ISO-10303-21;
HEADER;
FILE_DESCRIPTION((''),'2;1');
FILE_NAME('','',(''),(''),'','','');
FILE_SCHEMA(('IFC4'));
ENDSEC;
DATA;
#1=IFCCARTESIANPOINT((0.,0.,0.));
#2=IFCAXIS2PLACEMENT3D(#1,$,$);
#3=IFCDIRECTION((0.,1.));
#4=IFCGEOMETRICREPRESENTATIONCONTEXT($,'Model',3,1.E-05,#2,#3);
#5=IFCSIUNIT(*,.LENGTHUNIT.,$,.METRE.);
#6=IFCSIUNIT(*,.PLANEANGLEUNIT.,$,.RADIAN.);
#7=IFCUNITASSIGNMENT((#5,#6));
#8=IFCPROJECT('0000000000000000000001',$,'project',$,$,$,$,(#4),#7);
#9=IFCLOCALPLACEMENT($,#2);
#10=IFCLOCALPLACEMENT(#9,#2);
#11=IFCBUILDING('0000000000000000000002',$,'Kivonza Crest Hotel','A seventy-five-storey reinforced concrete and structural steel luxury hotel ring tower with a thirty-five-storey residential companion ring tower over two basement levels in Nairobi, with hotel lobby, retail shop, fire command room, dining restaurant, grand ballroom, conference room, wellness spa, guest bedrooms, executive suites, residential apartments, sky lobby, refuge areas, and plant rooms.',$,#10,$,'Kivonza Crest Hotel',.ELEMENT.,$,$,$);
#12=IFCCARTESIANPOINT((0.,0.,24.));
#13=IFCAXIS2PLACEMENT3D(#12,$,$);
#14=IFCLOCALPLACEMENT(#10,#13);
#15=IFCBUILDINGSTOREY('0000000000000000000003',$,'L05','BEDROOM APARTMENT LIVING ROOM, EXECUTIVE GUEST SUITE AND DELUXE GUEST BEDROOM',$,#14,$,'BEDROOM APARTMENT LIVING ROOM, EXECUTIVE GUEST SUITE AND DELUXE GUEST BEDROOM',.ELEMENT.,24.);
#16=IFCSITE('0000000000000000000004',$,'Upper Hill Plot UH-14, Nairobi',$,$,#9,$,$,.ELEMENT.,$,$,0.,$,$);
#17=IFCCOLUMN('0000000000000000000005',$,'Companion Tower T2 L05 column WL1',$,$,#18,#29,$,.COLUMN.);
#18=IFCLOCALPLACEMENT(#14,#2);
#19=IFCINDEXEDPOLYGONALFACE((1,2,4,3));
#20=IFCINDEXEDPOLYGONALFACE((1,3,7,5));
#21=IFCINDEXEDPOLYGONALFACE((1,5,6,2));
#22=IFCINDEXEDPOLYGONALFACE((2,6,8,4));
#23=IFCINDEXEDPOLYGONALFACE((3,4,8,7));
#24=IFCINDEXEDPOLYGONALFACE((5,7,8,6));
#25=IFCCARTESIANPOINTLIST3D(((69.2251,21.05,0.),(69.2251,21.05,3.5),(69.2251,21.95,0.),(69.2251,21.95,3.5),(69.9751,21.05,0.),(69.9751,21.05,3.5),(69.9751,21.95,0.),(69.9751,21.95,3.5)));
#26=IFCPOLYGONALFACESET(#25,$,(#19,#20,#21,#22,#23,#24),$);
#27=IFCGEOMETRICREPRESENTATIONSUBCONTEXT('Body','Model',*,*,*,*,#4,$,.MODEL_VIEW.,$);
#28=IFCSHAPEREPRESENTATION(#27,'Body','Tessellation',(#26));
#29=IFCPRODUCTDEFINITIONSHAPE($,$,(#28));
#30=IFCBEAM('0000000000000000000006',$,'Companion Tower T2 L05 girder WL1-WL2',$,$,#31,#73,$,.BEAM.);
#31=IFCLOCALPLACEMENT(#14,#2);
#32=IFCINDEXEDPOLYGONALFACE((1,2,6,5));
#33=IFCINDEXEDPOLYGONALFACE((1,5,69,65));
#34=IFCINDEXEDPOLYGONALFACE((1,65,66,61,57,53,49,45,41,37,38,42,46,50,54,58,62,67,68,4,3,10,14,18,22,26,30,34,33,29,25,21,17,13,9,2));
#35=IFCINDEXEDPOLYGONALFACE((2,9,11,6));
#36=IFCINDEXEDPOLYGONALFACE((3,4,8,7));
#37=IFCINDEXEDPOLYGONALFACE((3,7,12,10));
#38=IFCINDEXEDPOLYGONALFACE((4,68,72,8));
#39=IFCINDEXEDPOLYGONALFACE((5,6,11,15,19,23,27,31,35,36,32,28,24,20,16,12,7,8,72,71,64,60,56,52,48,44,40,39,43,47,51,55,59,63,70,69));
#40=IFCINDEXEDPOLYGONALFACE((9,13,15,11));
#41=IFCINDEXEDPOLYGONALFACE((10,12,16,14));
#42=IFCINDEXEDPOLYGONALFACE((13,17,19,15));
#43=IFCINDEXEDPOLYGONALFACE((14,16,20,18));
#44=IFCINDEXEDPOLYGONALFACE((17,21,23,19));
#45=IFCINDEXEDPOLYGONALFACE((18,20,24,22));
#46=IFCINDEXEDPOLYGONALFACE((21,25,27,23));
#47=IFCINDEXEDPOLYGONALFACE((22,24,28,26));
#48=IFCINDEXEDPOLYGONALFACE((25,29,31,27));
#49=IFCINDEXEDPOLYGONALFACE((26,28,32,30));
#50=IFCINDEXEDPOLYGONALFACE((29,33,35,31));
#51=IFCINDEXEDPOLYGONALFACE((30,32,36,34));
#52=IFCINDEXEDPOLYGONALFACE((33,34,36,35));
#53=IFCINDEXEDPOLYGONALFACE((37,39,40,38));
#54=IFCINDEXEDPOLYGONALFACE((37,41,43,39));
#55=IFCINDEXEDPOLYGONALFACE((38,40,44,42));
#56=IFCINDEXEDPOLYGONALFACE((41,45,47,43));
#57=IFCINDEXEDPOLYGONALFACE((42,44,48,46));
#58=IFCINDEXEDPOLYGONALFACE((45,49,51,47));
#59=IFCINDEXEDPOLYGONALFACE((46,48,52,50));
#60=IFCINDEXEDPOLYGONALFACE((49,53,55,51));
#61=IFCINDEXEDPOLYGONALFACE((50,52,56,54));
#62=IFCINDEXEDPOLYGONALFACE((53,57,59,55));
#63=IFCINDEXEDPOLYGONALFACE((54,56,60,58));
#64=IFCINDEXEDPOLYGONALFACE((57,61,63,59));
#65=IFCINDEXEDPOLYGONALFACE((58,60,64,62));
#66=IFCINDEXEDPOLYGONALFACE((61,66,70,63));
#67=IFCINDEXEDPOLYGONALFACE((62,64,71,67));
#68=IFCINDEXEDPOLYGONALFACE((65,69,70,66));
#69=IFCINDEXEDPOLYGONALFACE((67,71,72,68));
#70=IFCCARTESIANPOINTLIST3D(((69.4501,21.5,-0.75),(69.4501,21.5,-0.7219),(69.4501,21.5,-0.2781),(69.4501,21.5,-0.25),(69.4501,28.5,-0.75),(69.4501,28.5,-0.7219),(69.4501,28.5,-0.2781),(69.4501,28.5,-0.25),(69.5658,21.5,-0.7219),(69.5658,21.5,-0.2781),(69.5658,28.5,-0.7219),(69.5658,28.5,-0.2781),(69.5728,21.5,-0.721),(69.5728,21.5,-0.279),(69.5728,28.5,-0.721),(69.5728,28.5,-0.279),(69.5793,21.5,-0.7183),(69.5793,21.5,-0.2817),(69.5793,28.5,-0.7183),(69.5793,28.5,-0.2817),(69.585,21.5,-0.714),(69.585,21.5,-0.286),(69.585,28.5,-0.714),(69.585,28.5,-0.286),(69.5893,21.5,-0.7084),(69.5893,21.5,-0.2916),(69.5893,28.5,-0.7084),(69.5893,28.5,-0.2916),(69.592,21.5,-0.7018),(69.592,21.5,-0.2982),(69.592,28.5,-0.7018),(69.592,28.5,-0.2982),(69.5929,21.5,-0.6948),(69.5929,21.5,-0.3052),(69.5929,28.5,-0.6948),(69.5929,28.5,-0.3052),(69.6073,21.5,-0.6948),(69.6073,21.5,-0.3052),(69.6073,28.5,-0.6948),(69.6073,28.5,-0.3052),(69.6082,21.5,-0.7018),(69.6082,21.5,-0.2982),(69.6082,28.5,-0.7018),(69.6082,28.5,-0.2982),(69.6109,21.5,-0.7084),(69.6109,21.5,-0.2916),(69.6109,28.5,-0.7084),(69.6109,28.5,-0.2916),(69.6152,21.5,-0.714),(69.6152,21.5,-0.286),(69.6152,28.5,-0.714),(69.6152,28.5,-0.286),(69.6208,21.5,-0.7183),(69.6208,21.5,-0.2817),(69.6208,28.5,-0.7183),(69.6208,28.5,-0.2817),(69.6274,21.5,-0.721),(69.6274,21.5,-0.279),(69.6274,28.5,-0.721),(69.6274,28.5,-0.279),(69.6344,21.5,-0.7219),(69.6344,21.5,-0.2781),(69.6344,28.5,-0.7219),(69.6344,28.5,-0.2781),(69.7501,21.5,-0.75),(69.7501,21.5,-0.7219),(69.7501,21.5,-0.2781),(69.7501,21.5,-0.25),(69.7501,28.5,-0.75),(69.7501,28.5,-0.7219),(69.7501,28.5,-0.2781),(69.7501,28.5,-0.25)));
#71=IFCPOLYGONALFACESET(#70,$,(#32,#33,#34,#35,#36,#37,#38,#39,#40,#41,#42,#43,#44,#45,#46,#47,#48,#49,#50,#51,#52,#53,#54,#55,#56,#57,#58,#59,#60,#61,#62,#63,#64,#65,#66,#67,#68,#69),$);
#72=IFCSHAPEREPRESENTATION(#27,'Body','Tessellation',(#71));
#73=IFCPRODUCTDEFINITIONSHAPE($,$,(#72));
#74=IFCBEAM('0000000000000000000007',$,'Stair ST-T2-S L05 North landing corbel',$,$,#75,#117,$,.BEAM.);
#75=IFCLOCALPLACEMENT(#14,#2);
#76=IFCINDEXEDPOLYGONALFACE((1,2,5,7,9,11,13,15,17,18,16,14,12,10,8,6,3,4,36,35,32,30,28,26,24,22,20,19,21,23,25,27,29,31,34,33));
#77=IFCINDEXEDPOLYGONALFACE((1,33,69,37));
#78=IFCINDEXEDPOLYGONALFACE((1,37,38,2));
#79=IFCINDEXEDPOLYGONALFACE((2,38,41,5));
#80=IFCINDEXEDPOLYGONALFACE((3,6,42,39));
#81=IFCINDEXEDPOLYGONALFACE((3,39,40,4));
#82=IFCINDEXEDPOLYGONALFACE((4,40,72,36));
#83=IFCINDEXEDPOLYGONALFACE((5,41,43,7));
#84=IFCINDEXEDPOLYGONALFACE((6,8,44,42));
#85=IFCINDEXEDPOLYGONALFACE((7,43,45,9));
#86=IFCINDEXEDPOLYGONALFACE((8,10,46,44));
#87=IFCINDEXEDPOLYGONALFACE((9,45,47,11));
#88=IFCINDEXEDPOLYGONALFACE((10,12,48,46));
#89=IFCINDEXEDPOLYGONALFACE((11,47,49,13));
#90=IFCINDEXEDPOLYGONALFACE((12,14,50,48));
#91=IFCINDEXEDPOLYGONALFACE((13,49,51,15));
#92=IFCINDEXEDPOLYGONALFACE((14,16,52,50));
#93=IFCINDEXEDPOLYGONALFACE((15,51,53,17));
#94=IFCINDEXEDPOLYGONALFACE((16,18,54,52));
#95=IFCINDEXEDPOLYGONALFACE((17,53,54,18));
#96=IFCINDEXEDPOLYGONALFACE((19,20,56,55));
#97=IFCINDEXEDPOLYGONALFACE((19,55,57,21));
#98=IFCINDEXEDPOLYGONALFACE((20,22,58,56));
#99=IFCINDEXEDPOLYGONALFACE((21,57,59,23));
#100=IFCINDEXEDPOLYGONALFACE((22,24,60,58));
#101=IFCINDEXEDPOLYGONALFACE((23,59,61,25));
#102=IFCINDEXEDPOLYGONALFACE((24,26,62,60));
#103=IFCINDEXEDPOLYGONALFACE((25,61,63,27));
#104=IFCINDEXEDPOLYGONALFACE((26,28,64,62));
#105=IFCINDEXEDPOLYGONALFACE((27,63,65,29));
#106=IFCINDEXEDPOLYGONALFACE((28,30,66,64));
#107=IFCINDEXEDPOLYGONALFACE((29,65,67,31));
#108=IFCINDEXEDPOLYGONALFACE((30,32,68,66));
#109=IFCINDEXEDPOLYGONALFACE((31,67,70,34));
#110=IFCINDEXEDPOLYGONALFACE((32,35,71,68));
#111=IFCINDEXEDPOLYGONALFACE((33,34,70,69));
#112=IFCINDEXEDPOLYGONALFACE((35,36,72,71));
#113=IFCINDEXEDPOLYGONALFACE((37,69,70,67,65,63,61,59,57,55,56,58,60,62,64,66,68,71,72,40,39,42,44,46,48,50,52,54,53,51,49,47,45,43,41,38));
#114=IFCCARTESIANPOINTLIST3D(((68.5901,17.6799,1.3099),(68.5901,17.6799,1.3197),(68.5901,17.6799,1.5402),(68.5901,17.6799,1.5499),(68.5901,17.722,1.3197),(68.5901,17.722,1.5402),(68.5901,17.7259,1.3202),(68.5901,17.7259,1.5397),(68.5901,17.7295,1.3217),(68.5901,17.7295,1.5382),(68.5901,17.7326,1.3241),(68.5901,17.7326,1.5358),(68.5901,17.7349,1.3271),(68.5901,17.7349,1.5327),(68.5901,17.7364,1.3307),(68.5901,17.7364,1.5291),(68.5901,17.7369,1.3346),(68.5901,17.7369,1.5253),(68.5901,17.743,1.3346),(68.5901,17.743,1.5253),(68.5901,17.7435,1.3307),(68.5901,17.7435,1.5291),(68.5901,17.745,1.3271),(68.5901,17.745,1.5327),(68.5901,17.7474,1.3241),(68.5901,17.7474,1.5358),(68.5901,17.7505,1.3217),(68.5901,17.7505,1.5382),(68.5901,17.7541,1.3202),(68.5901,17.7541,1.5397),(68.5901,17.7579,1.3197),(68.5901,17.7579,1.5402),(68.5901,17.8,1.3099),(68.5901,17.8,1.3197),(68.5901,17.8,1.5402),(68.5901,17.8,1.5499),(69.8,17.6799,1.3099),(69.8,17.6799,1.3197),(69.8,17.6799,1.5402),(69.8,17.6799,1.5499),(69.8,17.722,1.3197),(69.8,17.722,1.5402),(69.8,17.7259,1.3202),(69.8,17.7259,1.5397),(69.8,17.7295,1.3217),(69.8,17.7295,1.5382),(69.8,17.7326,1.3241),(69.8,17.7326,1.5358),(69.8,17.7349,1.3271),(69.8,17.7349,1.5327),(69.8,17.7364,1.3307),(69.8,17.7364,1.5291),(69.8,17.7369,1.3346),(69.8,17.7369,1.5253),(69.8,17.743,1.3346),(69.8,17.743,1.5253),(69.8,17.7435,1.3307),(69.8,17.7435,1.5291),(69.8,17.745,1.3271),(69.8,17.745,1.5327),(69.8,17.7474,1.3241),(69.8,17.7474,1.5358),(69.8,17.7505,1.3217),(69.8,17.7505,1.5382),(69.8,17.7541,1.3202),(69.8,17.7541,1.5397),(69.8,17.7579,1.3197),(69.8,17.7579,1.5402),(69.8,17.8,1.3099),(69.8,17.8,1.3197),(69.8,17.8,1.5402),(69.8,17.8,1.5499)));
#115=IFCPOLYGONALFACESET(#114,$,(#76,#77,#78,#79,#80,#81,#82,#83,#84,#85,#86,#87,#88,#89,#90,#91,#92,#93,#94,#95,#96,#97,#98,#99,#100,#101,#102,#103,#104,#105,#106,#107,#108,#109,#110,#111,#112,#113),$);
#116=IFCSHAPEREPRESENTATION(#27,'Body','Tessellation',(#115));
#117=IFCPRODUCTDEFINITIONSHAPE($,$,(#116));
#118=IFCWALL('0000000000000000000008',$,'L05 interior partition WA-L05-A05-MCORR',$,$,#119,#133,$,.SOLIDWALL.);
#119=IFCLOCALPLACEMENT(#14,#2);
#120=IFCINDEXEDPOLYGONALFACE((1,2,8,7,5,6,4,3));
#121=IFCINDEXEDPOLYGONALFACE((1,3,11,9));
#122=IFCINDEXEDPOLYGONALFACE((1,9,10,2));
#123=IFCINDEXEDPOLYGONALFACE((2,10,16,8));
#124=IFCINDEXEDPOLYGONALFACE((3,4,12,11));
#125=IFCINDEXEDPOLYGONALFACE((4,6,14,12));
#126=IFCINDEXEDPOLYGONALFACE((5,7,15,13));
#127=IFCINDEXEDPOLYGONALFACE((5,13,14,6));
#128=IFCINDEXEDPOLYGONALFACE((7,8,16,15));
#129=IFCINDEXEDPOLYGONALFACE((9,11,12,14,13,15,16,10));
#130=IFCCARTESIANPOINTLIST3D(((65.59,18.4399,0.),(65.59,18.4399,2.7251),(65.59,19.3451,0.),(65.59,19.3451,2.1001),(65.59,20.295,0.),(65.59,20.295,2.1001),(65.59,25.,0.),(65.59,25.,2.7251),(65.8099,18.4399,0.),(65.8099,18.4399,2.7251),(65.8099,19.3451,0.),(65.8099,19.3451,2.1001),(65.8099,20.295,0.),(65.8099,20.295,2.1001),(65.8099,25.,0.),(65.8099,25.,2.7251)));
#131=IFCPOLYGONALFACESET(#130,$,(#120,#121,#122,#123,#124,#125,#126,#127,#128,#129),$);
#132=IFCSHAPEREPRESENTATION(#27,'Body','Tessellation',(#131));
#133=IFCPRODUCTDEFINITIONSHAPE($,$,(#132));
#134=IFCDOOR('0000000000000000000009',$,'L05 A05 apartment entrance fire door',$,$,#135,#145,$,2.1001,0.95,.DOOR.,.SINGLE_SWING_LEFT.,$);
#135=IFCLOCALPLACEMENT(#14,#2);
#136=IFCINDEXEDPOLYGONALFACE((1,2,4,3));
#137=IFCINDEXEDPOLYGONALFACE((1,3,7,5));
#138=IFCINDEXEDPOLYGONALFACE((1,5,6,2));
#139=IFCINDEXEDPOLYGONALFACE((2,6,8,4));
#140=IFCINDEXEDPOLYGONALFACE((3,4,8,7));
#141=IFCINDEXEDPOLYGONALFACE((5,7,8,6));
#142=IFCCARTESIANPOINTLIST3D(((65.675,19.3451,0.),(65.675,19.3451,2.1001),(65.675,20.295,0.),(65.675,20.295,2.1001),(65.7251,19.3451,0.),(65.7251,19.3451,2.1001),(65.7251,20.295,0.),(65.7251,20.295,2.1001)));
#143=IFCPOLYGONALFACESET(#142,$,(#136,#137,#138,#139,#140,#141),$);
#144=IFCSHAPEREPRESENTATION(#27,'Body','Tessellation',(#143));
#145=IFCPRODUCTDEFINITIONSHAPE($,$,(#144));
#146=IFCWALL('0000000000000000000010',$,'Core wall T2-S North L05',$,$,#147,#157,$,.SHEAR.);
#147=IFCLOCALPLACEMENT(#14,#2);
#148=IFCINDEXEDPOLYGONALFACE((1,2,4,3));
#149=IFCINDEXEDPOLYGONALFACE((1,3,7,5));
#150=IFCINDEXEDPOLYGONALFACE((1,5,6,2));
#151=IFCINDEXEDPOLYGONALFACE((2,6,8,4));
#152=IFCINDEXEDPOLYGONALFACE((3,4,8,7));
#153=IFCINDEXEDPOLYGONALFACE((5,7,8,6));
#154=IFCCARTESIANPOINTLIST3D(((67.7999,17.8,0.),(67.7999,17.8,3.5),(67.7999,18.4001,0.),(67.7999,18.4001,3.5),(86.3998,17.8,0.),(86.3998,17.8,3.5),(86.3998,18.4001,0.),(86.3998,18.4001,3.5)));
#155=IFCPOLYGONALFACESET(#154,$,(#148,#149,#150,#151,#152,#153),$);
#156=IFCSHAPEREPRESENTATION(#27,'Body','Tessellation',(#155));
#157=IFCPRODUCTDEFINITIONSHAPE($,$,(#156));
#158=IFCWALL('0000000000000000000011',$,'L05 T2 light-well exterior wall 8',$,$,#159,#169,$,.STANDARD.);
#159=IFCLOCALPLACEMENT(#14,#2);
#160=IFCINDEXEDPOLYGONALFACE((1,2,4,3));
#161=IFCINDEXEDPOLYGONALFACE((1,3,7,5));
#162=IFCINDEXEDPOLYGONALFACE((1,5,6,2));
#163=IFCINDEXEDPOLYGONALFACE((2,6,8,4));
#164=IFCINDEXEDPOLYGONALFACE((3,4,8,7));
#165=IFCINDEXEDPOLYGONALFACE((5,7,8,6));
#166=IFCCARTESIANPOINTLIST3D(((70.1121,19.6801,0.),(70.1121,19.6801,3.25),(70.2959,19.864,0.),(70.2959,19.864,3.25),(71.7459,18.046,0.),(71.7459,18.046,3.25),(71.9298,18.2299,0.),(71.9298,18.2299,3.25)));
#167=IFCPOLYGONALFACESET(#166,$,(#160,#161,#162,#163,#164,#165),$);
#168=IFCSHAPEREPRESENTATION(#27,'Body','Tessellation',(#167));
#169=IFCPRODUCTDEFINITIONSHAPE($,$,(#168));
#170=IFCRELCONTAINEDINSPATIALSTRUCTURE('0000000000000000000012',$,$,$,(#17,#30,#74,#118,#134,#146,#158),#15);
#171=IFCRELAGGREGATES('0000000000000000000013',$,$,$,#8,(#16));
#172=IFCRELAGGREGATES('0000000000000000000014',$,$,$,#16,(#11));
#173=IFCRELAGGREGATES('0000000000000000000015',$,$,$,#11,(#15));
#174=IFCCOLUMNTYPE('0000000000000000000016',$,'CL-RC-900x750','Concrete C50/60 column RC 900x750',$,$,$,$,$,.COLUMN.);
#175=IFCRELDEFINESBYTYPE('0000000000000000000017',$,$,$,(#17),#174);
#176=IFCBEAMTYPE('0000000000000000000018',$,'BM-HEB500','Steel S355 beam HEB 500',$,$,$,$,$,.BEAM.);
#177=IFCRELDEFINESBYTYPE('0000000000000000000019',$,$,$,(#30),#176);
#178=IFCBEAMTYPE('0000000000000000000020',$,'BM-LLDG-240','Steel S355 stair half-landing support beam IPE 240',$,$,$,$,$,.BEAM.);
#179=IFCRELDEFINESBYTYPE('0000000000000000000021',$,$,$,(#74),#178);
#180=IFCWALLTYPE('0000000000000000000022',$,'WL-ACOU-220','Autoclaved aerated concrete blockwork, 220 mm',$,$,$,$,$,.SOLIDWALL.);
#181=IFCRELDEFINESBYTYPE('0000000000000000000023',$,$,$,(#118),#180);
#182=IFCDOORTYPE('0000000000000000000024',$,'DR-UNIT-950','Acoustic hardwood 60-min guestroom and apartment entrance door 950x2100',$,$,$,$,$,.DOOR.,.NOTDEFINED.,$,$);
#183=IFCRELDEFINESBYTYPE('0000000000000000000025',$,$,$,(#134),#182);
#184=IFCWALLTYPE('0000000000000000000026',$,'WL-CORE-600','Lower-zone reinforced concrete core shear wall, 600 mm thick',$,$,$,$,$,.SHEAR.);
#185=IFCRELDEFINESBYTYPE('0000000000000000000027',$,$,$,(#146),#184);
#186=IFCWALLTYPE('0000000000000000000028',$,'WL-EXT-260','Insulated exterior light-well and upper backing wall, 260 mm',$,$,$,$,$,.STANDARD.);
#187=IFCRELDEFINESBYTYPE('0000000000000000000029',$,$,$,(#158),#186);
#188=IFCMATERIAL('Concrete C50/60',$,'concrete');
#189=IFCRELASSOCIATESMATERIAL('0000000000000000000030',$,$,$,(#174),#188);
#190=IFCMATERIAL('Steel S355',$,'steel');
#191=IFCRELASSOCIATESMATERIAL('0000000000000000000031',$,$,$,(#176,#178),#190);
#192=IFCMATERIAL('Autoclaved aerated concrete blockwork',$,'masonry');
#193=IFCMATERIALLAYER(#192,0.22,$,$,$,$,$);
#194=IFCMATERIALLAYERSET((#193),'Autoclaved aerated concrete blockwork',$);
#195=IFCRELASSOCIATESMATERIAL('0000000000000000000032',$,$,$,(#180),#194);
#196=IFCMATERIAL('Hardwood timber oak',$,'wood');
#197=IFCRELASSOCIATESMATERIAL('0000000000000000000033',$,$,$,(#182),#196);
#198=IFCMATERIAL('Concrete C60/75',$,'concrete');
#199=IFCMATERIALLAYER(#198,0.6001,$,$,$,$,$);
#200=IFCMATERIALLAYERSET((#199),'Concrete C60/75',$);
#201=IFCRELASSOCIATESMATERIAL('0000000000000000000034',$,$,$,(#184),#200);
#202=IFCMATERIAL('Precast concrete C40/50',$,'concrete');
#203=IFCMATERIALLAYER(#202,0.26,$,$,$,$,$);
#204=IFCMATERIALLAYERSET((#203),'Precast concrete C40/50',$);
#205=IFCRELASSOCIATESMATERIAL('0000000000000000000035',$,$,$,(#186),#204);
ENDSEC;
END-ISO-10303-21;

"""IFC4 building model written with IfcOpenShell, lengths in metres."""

from ifc_helpers import new_model, si_unit, direction, frame, frame_2d, origin, origin_2d, place, context, subcontext, project, spatial, rectangle, i_section, extrude, material, layer, layer_set, material_profile, profile_set, type_object, element, fill, save


model = new_model("IFC4")

# Units and contexts
model_context = context("Model", 3, precision=1e-05, world=origin(), true_north=direction((0.0, 1.0)))
body_context = subcontext(model_context, "Body", "Model", "MODEL_VIEW")
ifc_project = project(units=[si_unit("LENGTHUNIT", "METRE"), si_unit("PLANEANGLEUNIT", "RADIAN")], contexts=[model_context])

# Site, building, storey
site_placement = place(None, origin())
site = spatial("IfcSite", under=ifc_project, at=site_placement, Name="Upper Hill Plot UH-14, Nairobi", CompositionType="ELEMENT", RefElevation=0.0)
building_placement = place(site_placement, origin())
building = spatial("IfcBuilding", under=site, at=building_placement, Name="Kivonza Crest Hotel", Description="A seventy-five-storey reinforced concrete and structural steel luxury hotel ring tower with a thirty-five-storey residential companion ring tower over two basement levels in Nairobi, with hotel lobby, retail shop, fire command room, dining restaurant, grand ballroom, conference room, wellness spa, guest bedrooms, executive suites, residential apartments, sky lobby, refuge areas, and plant rooms.", LongName="Kivonza Crest Hotel", CompositionType="ELEMENT")
storey_placement = place(building_placement, frame((0.0, 0.0, 24.0)))
storey = spatial("IfcBuildingStorey", under=building, at=storey_placement, Name="L05", Description="BEDROOM APARTMENT LIVING ROOM, EXECUTIVE GUEST SUITE AND DELUXE GUEST BEDROOM", LongName="BEDROOM APARTMENT LIVING ROOM, EXECUTIVE GUEST SUITE AND DELUXE GUEST BEDROOM", CompositionType="ELEMENT", Elevation=24.0)

# Column
ifc_material_1 = material(Name="Concrete C50/60", Category="concrete")
ifc_material_profile_1 = material_profile(ifc_material_1, rectangle(XDim=0.75, YDim=0.8999, at=origin_2d()), Name="RC 900x750")
ifc_profile_set_1 = profile_set([ifc_material_profile_1], Name="Concrete C50/60")
column_type = type_object("IfcColumnType", Name="CL-RC-900x750", Description="Concrete C50/60 column RC 900x750", PredefinedType="COLUMN", material=ifc_profile_set_1)
column_placement = place(storey_placement, frame((69.6001, 21.5, 0.0), z_axis=(0.0, 0.0, 1.0), x_axis=(1.0, 0.0, 0.0)))
element("IfcColumn", 1, at=column_placement, inside=storey, type_object=column_type, Name="Companion Tower T2 L05 column WL1", PredefinedType="COLUMN", context=body_context, shape_type="SweptSolid", body=[
    extrude(rectangle(XDim=0.75, YDim=0.8999, at=origin_2d()), origin(), (0.0, 0.0, 1.0), 3.5),
])

# Beams
ifc_material_2 = material(Name="Steel S355", Category="steel")
ifc_material_profile_2 = material_profile(ifc_material_2, i_section(OverallWidth=0.3, OverallDepth=0.5, WebThickness=0.0144, FlangeThickness=0.0281, FilletRadius=0.0271, at=origin_2d()), Name="HEB 500")
ifc_profile_set_2 = profile_set([ifc_material_profile_2], Name="Steel S355")
beam_type_1 = type_object("IfcBeamType", Name="BM-HEB500", Description="Steel S355 beam HEB 500", PredefinedType="BEAM", material=ifc_profile_set_2)
beam_1_placement = place(storey_placement, frame((69.6001, 21.5, -0.5), z_axis=(0.0, 1.0, 0.0), x_axis=(-1.0, 0.0, 0.0)))
element("IfcBeam", 2, at=beam_1_placement, inside=storey, type_object=beam_type_1, Name="Companion Tower T2 L05 girder WL1-WL2", PredefinedType="BEAM", context=body_context, shape_type="SweptSolid", body=[
    extrude(i_section(OverallWidth=0.3, OverallDepth=0.5, WebThickness=0.0144, FlangeThickness=0.0281, FilletRadius=0.0271, at=origin_2d()), origin(), (0.0, 0.0, 1.0), 7.0),
])
ifc_material_profile_3 = material_profile(ifc_material_2, i_section(OverallWidth=0.1201, OverallDepth=0.24, WebThickness=0.0061, FlangeThickness=0.0098, FilletRadius=0.0149, at=origin_2d()), Name="IPE 240")
ifc_profile_set_3 = profile_set([ifc_material_profile_3], Name="Steel S355")
beam_type_2 = type_object("IfcBeamType", Name="BM-LLDG-240", Description="Steel S355 stair half-landing support beam IPE 240", PredefinedType="BEAM", material=ifc_profile_set_3)
beam_2_placement = place(storey_placement, frame((68.5901, 17.74, 1.4299), z_axis=(1.0, 0.0, 0.0), x_axis=(0.0, 1.0, 0.0)))
element("IfcBeam", 3, at=beam_2_placement, inside=storey, type_object=beam_type_2, Name="Stair ST-T2-S L05 North landing corbel", PredefinedType="BEAM", context=body_context, shape_type="SweptSolid", body=[
    extrude(i_section(OverallWidth=0.1201, OverallDepth=0.24, WebThickness=0.0061, FlangeThickness=0.0098, FilletRadius=0.0149, at=origin_2d()), origin(), (0.0, 0.0, 1.0), 1.21),
])

# Wall, opening, door
ifc_material_3 = material(Name="Autoclaved aerated concrete blockwork", Category="masonry")
ifc_layer_1 = layer(ifc_material_3, 0.22)
ifc_layer_set_1 = layer_set([ifc_layer_1], Name="Autoclaved aerated concrete blockwork")
wall_type_1 = type_object("IfcWallType", Name="WL-ACOU-220", Description="Autoclaved aerated concrete blockwork, 220 mm", PredefinedType="SOLIDWALL", material=ifc_layer_set_1)
wall_1_placement = place(storey_placement, frame((65.7, 18.4399, 0.0), z_axis=(0.0, 0.0, 1.0), x_axis=(0.0, 1.0, 0.0)))
wall_1 = element("IfcWall", 4, at=wall_1_placement, inside=storey, type_object=wall_type_1, Name="L05 interior partition WA-L05-A05-MCORR", PredefinedType="SOLIDWALL", context=body_context, shape_type="SweptSolid", body=[
    extrude(rectangle(XDim=6.5601, YDim=0.22, at=frame_2d((3.28, 0.0))), origin(), (0.0, 0.0, 1.0), 2.7251),
])
opening_1_placement = place(wall_1_placement, frame((0.905, 0.0, 0.0)))
opening_1 = element("IfcOpeningElement", 5, at=opening_1_placement, cuts=wall_1, PredefinedType="OPENING", context=body_context, shape_type="SweptSolid", body=[
    extrude(rectangle(XDim=0.95, YDim=2.1001, at=frame_2d((0.4751, 1.05))), frame((0.0, 0.1201, 0.0), z_axis=(0.0, -1.0, 0.0), x_axis=(1.0, 0.0, 0.0)), (0.0, 0.0, 1.0), 0.24),
])
ifc_material_4 = material(Name="Hardwood timber oak", Category="wood")
door_type_1 = type_object("IfcDoorType", Name="DR-UNIT-950", Description="Acoustic hardwood 60-min guestroom and apartment entrance door 950x2100", OperationType="NOTDEFINED", PredefinedType="DOOR", material=ifc_material_4)
door_1_placement = place(opening_1_placement, origin())
door_1 = element("IfcDoor", 6, at=door_1_placement, inside=storey, type_object=door_type_1, Name="L05 A05 apartment entrance fire door", OperationType="SINGLE_SWING_LEFT", OverallHeight=2.1001, OverallWidth=0.95, PredefinedType="DOOR", context=body_context, shape_type="SweptSolid", body=[
    extrude(rectangle(XDim=0.95, YDim=2.1001, at=frame_2d((0.4751, 1.05))), frame((0.0, 0.0249, 0.0), z_axis=(0.0, -1.0, 0.0), x_axis=(1.0, 0.0, 0.0)), (0.0, 0.0, 1.0), 0.05),
])
fill(opening_1, door_1)

# Walls
ifc_material_5 = material(Name="Concrete C60/75", Category="concrete")
ifc_layer_2 = layer(ifc_material_5, 0.6001)
ifc_layer_set_2 = layer_set([ifc_layer_2], Name="Concrete C60/75")
wall_type_2 = type_object("IfcWallType", Name="WL-CORE-600", Description="Lower-zone reinforced concrete core shear wall, 600 mm thick", PredefinedType="SHEAR", material=ifc_layer_set_2)
wall_2_placement = place(storey_placement, frame((67.8, 18.1001, 0.0), z_axis=(0.0, 0.0, 1.0), x_axis=(1.0, 0.0, 0.0)))
element("IfcWall", 7, at=wall_2_placement, inside=storey, type_object=wall_type_2, Name="Core wall T2-S North L05", PredefinedType="SHEAR", context=body_context, shape_type="SweptSolid", body=[
    extrude(rectangle(XDim=18.5999, YDim=0.6001, at=frame_2d((9.2998, 0.0))), origin(), (0.0, 0.0, 1.0), 3.5),
])
ifc_material_6 = material(Name="Precast concrete C40/50", Category="concrete")
ifc_layer_3 = layer(ifc_material_6, 0.26)
ifc_layer_set_3 = layer_set([ifc_layer_3], Name="Precast concrete C40/50")
wall_type_3 = type_object("IfcWallType", Name="WL-EXT-260", Description="Insulated exterior light-well and upper backing wall, 260 mm", PredefinedType="STANDARD", material=ifc_layer_set_3)
wall_3_placement = place(storey_placement, frame((70.2041, 19.772, 0.0), z_axis=(0.0, 0.0, 1.0), x_axis=(0.707054, -0.70716, 0.0)))
element("IfcWall", 8, at=wall_3_placement, inside=storey, type_object=wall_type_3, Name="L05 T2 light-well exterior wall 8", PredefinedType="STANDARD", context=body_context, shape_type="SweptSolid", body=[
    extrude(rectangle(XDim=2.3108, YDim=0.26, at=frame_2d((1.1553, 0.0))), origin(), (0.0, 0.0, 1.0), 3.25),
])

save(model, "model.ifc")
